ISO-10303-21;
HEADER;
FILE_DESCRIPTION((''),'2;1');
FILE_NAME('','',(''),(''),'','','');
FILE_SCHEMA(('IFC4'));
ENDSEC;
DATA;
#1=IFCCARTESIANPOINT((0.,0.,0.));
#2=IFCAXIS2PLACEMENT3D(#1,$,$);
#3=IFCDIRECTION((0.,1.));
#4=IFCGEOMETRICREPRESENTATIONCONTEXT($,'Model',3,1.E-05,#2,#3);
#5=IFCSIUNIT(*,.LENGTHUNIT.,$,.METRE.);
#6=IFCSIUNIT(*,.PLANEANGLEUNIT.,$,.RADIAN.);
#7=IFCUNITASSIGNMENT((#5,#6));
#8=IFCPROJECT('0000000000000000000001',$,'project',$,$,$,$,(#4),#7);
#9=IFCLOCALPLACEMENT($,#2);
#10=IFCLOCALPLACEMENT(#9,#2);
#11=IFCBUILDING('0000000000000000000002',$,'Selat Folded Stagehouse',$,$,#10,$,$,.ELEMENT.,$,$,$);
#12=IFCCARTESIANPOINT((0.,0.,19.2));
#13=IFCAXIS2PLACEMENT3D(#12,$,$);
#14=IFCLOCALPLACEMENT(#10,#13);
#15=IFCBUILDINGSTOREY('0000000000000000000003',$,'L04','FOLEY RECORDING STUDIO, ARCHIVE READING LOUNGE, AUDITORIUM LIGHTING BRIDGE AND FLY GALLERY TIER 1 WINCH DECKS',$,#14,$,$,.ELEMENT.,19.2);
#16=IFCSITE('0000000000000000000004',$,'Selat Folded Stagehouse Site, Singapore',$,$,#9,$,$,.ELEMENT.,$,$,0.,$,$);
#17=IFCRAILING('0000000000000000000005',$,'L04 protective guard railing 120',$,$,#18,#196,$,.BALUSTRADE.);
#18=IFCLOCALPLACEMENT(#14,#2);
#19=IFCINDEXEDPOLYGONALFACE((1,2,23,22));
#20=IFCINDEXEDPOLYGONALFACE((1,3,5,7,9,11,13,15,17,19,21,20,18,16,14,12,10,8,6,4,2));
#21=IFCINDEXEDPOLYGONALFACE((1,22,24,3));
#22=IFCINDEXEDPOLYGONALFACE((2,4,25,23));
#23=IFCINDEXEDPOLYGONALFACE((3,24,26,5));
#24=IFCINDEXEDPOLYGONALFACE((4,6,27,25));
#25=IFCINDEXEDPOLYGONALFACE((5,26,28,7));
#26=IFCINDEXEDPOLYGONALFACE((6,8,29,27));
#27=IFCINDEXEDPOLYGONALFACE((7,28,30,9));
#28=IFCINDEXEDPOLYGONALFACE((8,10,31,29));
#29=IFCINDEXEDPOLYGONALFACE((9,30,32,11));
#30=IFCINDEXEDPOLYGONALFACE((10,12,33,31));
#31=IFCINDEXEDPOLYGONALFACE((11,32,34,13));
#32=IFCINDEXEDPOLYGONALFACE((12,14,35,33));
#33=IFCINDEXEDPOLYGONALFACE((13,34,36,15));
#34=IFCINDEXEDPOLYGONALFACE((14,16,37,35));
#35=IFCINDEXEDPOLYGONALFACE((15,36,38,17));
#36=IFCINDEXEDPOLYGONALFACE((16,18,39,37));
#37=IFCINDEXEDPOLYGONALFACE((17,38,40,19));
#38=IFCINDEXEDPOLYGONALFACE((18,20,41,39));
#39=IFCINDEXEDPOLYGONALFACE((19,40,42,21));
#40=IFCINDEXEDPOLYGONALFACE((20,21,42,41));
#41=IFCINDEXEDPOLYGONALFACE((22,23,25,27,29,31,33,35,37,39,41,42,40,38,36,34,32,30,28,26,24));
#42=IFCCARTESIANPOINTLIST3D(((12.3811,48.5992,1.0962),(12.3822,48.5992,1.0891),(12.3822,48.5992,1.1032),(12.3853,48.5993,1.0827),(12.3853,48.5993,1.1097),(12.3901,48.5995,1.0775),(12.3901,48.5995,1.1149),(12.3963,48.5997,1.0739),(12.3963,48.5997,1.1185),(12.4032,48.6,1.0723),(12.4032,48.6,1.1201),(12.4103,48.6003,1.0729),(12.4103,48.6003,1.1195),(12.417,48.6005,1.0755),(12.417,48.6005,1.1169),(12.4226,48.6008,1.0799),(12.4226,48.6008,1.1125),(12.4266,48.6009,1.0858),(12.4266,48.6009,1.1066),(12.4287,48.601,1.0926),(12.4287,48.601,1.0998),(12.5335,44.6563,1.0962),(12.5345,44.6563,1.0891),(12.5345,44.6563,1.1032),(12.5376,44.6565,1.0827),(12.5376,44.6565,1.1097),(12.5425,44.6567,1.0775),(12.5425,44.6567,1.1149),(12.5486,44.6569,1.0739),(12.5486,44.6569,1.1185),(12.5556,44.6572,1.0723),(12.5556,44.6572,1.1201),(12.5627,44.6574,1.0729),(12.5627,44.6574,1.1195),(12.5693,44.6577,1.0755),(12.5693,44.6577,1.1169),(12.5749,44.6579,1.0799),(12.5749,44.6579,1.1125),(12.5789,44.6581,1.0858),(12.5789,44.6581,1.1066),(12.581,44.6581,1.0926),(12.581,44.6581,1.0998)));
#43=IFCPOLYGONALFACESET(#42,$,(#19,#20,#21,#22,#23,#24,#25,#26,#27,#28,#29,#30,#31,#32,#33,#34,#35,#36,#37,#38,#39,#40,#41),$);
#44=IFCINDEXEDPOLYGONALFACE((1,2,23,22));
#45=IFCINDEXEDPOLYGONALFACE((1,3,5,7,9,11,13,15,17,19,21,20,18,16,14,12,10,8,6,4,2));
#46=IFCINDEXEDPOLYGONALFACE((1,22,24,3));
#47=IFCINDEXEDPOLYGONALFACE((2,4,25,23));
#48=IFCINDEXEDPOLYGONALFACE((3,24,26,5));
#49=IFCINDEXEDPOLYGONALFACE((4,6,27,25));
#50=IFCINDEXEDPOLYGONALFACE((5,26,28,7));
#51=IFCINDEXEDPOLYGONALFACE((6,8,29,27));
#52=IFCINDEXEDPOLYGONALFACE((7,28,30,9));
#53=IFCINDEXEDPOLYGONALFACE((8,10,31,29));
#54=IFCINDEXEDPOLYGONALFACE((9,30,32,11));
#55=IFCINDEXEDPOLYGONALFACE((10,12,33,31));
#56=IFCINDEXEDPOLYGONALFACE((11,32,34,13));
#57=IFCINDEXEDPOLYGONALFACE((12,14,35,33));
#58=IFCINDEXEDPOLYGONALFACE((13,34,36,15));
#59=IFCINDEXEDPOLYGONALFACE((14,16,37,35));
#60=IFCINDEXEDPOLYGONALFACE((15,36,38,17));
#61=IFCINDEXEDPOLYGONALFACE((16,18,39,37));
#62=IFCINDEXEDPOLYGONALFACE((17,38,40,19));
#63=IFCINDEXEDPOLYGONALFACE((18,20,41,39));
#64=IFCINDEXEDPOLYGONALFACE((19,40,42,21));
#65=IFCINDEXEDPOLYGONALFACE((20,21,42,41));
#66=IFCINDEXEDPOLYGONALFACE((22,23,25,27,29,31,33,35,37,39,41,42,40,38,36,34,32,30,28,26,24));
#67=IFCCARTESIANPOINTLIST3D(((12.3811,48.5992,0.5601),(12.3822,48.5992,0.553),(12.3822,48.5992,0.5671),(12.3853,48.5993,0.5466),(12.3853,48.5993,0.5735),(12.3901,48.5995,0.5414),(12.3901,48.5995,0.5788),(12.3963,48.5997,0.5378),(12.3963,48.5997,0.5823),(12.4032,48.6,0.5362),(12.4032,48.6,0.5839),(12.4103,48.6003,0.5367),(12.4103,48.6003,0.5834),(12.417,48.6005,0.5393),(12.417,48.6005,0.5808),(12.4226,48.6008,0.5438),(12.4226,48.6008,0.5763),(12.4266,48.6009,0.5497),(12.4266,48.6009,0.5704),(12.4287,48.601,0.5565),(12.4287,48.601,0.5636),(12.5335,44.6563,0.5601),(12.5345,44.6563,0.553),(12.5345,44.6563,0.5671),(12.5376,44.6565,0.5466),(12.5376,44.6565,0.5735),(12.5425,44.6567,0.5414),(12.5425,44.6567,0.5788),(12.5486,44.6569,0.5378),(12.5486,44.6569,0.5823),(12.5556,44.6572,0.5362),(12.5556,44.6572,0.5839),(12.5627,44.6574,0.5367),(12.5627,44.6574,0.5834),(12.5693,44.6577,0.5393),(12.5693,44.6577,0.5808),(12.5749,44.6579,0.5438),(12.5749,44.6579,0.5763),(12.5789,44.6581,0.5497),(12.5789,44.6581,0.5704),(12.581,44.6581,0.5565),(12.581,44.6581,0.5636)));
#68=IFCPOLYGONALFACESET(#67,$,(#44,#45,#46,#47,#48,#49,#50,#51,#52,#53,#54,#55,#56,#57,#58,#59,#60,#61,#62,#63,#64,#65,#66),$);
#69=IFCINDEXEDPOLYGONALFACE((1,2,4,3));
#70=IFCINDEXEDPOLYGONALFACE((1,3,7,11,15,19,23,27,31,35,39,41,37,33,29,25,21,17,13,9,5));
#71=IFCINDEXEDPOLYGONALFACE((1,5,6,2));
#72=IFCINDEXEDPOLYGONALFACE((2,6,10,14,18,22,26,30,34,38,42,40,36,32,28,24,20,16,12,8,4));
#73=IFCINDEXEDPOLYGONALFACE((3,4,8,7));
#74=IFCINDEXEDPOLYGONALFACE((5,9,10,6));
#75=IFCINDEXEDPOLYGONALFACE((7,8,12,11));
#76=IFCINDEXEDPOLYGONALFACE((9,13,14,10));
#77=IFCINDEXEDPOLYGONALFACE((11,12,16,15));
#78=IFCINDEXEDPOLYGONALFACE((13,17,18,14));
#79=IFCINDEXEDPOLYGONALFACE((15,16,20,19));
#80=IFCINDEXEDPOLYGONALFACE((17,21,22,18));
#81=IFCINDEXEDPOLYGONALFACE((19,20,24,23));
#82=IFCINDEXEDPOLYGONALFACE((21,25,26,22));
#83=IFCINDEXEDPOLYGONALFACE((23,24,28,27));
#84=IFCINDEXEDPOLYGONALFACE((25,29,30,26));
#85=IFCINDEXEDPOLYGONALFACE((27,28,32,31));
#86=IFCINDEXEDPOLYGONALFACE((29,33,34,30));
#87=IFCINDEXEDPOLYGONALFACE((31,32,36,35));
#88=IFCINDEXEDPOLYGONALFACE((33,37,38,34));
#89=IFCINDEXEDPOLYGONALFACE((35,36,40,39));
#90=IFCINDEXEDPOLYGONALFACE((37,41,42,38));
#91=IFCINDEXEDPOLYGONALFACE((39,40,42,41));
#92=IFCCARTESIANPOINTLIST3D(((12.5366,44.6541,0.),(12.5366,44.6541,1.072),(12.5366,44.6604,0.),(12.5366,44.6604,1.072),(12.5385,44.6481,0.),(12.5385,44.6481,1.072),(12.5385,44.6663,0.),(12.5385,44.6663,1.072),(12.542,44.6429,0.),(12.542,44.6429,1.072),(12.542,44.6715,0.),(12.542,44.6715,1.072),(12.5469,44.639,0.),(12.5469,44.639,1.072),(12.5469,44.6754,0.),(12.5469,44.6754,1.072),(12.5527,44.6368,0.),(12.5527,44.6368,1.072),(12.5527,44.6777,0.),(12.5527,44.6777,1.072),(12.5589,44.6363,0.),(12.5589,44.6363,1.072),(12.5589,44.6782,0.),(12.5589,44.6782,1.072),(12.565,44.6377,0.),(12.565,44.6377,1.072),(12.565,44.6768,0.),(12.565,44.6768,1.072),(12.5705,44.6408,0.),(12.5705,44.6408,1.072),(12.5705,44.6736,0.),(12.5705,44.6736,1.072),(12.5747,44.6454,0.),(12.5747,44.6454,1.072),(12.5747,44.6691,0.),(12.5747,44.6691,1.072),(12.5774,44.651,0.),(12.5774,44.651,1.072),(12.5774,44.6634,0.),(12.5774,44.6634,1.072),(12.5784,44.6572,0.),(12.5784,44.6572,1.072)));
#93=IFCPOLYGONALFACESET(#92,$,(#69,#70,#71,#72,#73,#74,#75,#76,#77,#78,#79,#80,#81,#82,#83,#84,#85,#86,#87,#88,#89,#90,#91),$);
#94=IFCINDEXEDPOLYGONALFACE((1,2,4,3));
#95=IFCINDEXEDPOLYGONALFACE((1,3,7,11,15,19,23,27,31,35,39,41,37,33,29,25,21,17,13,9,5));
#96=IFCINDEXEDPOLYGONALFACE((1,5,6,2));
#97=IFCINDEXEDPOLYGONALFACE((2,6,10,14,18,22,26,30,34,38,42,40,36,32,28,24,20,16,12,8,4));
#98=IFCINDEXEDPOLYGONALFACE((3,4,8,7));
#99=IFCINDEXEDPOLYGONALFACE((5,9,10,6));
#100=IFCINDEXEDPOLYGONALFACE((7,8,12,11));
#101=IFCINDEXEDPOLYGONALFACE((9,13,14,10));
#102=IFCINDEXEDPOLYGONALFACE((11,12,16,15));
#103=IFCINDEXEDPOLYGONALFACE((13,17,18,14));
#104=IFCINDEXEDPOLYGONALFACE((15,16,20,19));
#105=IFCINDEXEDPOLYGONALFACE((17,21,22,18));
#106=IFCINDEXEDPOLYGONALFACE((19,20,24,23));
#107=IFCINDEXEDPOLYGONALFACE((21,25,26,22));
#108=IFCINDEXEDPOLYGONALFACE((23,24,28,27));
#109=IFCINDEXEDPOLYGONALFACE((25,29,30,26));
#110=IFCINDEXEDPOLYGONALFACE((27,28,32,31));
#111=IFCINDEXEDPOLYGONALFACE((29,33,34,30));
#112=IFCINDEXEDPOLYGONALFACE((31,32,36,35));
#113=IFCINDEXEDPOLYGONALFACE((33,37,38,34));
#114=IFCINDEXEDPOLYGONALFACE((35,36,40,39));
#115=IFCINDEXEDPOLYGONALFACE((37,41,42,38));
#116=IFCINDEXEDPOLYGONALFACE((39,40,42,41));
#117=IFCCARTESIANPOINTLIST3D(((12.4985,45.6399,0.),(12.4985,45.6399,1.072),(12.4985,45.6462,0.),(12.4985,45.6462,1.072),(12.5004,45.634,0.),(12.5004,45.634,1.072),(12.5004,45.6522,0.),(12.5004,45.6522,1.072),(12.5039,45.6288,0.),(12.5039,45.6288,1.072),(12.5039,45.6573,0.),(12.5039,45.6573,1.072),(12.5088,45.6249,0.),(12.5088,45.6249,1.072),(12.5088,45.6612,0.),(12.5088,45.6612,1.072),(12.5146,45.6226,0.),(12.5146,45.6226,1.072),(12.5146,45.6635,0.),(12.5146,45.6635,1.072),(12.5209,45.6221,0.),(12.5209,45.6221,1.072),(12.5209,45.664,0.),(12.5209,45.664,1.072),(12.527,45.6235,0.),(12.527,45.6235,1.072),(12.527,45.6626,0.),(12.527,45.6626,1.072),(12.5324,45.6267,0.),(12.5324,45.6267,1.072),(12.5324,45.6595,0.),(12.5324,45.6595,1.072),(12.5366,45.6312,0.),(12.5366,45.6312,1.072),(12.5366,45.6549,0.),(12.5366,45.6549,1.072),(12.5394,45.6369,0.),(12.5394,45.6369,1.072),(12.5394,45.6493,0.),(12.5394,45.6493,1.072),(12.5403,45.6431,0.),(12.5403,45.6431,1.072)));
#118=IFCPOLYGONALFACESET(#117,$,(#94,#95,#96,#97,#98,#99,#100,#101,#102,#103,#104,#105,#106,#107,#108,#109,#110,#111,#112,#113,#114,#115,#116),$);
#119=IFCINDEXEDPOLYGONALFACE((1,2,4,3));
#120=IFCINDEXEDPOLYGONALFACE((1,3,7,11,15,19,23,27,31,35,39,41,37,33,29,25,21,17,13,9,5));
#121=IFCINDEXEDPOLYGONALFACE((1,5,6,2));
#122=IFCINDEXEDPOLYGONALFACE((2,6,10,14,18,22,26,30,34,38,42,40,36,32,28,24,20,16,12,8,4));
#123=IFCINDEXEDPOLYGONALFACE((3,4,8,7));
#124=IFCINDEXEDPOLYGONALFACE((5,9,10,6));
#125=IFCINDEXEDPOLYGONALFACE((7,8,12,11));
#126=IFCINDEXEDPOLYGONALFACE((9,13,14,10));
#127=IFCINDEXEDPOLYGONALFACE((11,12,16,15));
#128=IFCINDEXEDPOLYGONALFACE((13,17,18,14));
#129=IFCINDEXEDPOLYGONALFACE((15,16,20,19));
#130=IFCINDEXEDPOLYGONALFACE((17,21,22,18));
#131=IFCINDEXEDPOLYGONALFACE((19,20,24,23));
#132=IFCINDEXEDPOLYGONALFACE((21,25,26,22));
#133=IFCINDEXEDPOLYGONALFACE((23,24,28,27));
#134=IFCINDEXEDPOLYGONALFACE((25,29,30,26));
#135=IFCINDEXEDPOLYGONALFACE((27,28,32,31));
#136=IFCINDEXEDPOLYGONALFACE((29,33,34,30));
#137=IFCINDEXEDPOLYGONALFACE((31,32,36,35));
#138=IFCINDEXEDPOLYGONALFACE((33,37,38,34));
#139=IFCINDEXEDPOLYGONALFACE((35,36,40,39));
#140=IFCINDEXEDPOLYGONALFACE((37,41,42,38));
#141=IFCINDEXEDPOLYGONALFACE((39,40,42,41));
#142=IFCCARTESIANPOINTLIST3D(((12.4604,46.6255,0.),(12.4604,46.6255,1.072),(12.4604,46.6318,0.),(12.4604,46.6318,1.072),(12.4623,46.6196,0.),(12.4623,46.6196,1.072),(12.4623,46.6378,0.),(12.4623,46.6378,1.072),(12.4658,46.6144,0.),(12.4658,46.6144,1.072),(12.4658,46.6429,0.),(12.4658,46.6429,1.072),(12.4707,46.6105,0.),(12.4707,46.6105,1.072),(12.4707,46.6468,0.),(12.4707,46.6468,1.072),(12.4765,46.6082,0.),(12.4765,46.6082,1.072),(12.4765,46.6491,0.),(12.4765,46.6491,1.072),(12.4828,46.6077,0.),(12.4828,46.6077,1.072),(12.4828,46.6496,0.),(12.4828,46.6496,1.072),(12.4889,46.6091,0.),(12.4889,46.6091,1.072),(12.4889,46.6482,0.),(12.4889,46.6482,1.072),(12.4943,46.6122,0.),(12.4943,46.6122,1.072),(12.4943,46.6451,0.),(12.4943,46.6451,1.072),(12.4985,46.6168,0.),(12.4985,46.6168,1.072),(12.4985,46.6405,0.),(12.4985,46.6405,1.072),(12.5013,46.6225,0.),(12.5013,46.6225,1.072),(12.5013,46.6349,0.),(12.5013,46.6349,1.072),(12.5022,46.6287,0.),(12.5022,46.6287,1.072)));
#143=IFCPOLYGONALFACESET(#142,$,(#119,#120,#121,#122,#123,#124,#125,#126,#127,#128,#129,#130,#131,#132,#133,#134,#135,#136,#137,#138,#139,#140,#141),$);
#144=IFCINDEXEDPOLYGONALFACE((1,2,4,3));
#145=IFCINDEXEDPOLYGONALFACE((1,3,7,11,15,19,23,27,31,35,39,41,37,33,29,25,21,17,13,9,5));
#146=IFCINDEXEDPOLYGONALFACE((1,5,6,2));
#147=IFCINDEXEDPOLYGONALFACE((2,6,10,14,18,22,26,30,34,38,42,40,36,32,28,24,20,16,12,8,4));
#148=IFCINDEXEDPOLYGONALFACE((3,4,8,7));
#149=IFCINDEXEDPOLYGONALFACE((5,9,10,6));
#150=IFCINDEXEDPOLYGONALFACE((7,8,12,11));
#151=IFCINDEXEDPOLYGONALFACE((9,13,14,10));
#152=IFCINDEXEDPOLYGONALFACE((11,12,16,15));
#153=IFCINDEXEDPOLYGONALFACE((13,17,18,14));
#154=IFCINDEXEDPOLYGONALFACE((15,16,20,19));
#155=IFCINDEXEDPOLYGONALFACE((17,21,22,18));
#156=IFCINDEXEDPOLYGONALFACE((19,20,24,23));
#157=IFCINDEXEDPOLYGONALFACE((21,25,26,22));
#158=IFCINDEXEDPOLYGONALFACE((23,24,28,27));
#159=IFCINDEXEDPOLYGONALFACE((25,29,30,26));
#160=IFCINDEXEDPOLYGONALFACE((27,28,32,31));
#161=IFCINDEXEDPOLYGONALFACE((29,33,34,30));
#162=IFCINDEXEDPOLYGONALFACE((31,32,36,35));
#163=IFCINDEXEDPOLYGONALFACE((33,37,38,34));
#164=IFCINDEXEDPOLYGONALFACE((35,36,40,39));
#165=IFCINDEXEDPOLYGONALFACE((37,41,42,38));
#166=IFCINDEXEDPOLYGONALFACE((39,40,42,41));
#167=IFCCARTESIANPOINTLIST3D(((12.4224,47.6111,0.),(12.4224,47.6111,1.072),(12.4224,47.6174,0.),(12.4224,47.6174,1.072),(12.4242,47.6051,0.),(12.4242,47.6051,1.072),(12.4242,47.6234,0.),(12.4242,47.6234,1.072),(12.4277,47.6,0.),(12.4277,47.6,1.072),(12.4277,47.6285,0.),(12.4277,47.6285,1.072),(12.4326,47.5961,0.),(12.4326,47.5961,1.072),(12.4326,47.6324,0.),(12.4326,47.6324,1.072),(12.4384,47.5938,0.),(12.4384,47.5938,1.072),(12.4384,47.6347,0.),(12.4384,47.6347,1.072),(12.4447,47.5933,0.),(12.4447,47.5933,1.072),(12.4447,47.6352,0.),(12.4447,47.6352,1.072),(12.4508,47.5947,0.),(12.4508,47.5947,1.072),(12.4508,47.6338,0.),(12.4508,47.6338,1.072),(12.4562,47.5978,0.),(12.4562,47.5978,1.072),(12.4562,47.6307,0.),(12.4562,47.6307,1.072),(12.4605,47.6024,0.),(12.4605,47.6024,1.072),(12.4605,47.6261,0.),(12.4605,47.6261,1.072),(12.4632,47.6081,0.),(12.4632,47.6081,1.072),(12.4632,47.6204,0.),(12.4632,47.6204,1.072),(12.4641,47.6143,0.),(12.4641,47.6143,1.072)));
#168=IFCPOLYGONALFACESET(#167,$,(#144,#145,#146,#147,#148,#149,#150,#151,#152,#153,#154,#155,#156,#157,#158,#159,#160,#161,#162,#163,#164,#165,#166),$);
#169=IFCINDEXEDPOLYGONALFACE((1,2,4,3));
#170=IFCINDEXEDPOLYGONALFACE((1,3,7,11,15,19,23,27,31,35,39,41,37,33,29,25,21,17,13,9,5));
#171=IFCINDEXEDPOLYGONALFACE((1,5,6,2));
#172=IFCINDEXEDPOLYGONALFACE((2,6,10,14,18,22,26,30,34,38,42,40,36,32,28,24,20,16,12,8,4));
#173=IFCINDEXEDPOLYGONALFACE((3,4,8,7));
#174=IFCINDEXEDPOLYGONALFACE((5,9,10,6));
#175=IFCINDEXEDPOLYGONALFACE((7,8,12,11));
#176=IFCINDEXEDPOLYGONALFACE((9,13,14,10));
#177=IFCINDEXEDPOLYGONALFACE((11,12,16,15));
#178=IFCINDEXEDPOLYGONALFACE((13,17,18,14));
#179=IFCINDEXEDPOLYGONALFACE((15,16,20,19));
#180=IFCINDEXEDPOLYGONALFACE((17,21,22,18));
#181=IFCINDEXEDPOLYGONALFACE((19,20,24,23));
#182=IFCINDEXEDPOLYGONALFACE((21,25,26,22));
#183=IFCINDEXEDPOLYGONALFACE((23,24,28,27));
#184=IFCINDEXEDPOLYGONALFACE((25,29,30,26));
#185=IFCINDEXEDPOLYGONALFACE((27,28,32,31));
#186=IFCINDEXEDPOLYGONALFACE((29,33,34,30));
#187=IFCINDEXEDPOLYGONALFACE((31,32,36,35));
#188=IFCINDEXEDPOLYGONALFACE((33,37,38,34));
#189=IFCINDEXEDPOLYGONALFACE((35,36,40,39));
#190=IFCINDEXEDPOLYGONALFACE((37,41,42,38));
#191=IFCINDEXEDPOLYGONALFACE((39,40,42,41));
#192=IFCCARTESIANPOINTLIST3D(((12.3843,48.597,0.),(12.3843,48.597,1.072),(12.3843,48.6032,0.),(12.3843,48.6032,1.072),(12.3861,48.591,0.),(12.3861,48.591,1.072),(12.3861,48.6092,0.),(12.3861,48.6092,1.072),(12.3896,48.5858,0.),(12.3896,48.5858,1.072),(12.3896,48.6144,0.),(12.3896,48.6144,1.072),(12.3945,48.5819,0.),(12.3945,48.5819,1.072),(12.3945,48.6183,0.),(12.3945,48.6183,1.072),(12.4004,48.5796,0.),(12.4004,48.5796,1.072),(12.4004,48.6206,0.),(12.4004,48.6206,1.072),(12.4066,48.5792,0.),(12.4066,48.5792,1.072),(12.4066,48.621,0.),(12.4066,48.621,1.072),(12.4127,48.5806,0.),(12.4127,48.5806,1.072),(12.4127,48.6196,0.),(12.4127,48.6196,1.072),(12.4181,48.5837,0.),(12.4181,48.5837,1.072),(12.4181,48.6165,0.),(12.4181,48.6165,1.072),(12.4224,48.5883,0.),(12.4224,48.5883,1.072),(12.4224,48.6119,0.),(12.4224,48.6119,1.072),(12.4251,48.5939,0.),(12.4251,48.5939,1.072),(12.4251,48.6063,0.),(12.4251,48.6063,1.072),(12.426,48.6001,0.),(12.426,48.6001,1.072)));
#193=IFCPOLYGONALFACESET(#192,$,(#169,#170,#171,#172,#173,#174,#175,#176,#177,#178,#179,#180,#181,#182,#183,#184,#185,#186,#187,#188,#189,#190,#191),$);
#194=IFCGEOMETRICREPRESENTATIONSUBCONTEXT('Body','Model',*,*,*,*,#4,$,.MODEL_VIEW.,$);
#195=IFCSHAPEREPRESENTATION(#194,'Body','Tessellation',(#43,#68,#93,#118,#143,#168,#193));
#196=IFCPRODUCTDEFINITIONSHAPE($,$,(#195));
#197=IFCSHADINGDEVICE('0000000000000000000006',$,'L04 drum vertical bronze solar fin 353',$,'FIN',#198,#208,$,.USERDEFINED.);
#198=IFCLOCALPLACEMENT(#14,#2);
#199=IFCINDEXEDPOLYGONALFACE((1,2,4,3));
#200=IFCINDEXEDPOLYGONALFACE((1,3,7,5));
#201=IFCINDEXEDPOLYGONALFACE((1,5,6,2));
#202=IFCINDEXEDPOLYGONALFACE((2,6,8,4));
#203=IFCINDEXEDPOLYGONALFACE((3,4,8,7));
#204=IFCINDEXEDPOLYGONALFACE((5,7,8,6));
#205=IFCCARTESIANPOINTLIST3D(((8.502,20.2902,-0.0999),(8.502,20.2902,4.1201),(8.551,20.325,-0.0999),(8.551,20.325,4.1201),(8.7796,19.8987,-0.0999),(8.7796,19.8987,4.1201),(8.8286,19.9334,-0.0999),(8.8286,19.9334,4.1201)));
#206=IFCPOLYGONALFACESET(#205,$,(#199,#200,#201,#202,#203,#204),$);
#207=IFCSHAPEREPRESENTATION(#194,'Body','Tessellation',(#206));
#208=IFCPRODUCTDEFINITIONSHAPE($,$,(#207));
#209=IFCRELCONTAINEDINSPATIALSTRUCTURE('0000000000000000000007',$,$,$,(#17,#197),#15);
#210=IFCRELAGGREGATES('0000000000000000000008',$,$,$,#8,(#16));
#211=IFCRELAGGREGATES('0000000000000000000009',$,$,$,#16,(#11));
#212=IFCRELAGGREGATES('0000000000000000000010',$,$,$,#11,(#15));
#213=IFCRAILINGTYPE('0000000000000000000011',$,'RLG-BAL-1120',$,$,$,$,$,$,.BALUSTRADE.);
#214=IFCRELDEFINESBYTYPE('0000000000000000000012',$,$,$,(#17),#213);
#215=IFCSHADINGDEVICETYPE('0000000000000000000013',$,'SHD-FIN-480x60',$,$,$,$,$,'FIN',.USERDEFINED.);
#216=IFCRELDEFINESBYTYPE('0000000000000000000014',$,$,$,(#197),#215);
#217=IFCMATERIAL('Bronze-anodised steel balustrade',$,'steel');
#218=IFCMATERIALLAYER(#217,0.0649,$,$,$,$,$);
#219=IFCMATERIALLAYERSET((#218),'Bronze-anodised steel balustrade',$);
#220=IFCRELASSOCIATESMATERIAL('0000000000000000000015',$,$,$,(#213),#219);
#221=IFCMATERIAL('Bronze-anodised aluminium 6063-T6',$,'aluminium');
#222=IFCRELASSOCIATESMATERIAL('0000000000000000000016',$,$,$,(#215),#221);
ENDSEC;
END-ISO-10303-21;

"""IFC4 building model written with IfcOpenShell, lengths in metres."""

from ifc_helpers import new_model, si_unit, direction, frame, origin, origin_2d, place, context, subcontext, project, spatial, rectangle, circle, extrude, material, layer, layer_set, material_profile, profile_set, type_object, element, save


model = new_model("IFC4")

# Units and contexts
model_context = context("Model", 3, precision=1e-05, world=origin(), true_north=direction((0.0, 1.0)))
body_context = subcontext(model_context, "Body", "Model", "MODEL_VIEW")
ifc_project = project(units=[si_unit("LENGTHUNIT", "METRE"), si_unit("PLANEANGLEUNIT", "RADIAN")], contexts=[model_context])

# Site, building, storey
site_placement = place(None, origin())
site = spatial("IfcSite", under=ifc_project, at=site_placement, Name="Selat Folded Stagehouse Site, Singapore", CompositionType="ELEMENT", RefElevation=0.0)
building_placement = place(site_placement, origin())
building = spatial("IfcBuilding", under=site, at=building_placement, Name="Selat Folded Stagehouse", CompositionType="ELEMENT")
storey_placement = place(building_placement, frame((0.0, 0.0, 19.2)))
storey = spatial("IfcBuildingStorey", under=building, at=storey_placement, Name="L04", Description="FOLEY RECORDING STUDIO, ARCHIVE READING LOUNGE, AUDITORIUM LIGHTING BRIDGE AND FLY GALLERY TIER 1 WINCH DECKS", CompositionType="ELEMENT", Elevation=19.2)

# Railing
ifc_material_1 = material(Name="Bronze-anodised steel balustrade", Category="steel")
ifc_layer_1 = layer(ifc_material_1, 0.0649)
ifc_layer_set_1 = layer_set([ifc_layer_1], Name="Bronze-anodised steel balustrade")
railing_type = type_object("IfcRailingType", Name="RLG-BAL-1120", PredefinedType="BALUSTRADE", material=ifc_layer_set_1)
railing_1_placement = place(storey_placement, frame((12.5574, 44.6572, 0.0)))
element("IfcRailing", 1, at=railing_1_placement, inside=storey, type_object=railing_type, Name="L04 protective guard railing 120", PredefinedType="BALUSTRADE", context=body_context, shape_type="SweptSolid", body=[
    extrude(circle(Radius=0.0239, at=origin_2d()), frame((0.0, 0.0, 1.0962), z_axis=(-0.038609, 0.999254, 0.0), x_axis=(-0.999254, -0.038609, 0.0)), (0.0, 0.0, 1.0), 3.9458),
    extrude(circle(Radius=0.0239, at=origin_2d()), frame((0.0, 0.0, 0.5601), z_axis=(-0.038609, 0.999254, 0.0), x_axis=(-0.999254, -0.038609, 0.0)), (0.0, 0.0, 1.0), 3.9458),
    extrude(circle(Radius=0.021, at=origin_2d()), origin(), (0.0, 0.0, 1.0), 1.072),
    extrude(circle(Radius=0.021, at=origin_2d()), frame((-0.0381, 0.9858, 0.0)), (0.0, 0.0, 1.0), 1.072),
    extrude(circle(Radius=0.021, at=origin_2d()), frame((-0.0762, 1.9714, 0.0)), (0.0, 0.0, 1.0), 1.072),
    extrude(circle(Radius=0.021, at=origin_2d()), frame((-0.1143, 2.957, 0.0)), (0.0, 0.0, 1.0), 1.072),
    extrude(circle(Radius=0.021, at=origin_2d()), frame((-0.1523, 3.9429, 0.0)), (0.0, 0.0, 1.0), 1.072),
])

# Shading device
ifc_material_2 = material(Name="Bronze-anodised aluminium 6063-T6", Category="aluminium")
ifc_material_profile_1 = material_profile(ifc_material_2, rectangle(XDim=0.0601, YDim=0.48, at=origin_2d()), Name="SOLAR-FIN 480x60")
ifc_profile_set_1 = profile_set([ifc_material_profile_1], Name="Bronze-anodised aluminium 6063-T6")
shading_device_type = type_object("IfcShadingDeviceType", Name="SHD-FIN-480x60", ElementType="FIN", PredefinedType="USERDEFINED", material=ifc_profile_set_1)
shading_device_placement = place(storey_placement, frame((8.6653, 20.1118, -0.0999), z_axis=(0.0, 0.0, 1.0), x_axis=(-0.815734, -0.578427, 0.0)))
element("IfcShadingDevice", 2, at=shading_device_placement, inside=storey, type_object=shading_device_type, Name="L04 drum vertical bronze solar fin 353", ObjectType="FIN", PredefinedType="USERDEFINED", context=body_context, shape_type="SweptSolid", body=[
    extrude(rectangle(XDim=0.0601, YDim=0.48, at=origin_2d()), origin(), (0.0, 0.0, 1.0), 4.22),
])

save(model, "model.ifc")
